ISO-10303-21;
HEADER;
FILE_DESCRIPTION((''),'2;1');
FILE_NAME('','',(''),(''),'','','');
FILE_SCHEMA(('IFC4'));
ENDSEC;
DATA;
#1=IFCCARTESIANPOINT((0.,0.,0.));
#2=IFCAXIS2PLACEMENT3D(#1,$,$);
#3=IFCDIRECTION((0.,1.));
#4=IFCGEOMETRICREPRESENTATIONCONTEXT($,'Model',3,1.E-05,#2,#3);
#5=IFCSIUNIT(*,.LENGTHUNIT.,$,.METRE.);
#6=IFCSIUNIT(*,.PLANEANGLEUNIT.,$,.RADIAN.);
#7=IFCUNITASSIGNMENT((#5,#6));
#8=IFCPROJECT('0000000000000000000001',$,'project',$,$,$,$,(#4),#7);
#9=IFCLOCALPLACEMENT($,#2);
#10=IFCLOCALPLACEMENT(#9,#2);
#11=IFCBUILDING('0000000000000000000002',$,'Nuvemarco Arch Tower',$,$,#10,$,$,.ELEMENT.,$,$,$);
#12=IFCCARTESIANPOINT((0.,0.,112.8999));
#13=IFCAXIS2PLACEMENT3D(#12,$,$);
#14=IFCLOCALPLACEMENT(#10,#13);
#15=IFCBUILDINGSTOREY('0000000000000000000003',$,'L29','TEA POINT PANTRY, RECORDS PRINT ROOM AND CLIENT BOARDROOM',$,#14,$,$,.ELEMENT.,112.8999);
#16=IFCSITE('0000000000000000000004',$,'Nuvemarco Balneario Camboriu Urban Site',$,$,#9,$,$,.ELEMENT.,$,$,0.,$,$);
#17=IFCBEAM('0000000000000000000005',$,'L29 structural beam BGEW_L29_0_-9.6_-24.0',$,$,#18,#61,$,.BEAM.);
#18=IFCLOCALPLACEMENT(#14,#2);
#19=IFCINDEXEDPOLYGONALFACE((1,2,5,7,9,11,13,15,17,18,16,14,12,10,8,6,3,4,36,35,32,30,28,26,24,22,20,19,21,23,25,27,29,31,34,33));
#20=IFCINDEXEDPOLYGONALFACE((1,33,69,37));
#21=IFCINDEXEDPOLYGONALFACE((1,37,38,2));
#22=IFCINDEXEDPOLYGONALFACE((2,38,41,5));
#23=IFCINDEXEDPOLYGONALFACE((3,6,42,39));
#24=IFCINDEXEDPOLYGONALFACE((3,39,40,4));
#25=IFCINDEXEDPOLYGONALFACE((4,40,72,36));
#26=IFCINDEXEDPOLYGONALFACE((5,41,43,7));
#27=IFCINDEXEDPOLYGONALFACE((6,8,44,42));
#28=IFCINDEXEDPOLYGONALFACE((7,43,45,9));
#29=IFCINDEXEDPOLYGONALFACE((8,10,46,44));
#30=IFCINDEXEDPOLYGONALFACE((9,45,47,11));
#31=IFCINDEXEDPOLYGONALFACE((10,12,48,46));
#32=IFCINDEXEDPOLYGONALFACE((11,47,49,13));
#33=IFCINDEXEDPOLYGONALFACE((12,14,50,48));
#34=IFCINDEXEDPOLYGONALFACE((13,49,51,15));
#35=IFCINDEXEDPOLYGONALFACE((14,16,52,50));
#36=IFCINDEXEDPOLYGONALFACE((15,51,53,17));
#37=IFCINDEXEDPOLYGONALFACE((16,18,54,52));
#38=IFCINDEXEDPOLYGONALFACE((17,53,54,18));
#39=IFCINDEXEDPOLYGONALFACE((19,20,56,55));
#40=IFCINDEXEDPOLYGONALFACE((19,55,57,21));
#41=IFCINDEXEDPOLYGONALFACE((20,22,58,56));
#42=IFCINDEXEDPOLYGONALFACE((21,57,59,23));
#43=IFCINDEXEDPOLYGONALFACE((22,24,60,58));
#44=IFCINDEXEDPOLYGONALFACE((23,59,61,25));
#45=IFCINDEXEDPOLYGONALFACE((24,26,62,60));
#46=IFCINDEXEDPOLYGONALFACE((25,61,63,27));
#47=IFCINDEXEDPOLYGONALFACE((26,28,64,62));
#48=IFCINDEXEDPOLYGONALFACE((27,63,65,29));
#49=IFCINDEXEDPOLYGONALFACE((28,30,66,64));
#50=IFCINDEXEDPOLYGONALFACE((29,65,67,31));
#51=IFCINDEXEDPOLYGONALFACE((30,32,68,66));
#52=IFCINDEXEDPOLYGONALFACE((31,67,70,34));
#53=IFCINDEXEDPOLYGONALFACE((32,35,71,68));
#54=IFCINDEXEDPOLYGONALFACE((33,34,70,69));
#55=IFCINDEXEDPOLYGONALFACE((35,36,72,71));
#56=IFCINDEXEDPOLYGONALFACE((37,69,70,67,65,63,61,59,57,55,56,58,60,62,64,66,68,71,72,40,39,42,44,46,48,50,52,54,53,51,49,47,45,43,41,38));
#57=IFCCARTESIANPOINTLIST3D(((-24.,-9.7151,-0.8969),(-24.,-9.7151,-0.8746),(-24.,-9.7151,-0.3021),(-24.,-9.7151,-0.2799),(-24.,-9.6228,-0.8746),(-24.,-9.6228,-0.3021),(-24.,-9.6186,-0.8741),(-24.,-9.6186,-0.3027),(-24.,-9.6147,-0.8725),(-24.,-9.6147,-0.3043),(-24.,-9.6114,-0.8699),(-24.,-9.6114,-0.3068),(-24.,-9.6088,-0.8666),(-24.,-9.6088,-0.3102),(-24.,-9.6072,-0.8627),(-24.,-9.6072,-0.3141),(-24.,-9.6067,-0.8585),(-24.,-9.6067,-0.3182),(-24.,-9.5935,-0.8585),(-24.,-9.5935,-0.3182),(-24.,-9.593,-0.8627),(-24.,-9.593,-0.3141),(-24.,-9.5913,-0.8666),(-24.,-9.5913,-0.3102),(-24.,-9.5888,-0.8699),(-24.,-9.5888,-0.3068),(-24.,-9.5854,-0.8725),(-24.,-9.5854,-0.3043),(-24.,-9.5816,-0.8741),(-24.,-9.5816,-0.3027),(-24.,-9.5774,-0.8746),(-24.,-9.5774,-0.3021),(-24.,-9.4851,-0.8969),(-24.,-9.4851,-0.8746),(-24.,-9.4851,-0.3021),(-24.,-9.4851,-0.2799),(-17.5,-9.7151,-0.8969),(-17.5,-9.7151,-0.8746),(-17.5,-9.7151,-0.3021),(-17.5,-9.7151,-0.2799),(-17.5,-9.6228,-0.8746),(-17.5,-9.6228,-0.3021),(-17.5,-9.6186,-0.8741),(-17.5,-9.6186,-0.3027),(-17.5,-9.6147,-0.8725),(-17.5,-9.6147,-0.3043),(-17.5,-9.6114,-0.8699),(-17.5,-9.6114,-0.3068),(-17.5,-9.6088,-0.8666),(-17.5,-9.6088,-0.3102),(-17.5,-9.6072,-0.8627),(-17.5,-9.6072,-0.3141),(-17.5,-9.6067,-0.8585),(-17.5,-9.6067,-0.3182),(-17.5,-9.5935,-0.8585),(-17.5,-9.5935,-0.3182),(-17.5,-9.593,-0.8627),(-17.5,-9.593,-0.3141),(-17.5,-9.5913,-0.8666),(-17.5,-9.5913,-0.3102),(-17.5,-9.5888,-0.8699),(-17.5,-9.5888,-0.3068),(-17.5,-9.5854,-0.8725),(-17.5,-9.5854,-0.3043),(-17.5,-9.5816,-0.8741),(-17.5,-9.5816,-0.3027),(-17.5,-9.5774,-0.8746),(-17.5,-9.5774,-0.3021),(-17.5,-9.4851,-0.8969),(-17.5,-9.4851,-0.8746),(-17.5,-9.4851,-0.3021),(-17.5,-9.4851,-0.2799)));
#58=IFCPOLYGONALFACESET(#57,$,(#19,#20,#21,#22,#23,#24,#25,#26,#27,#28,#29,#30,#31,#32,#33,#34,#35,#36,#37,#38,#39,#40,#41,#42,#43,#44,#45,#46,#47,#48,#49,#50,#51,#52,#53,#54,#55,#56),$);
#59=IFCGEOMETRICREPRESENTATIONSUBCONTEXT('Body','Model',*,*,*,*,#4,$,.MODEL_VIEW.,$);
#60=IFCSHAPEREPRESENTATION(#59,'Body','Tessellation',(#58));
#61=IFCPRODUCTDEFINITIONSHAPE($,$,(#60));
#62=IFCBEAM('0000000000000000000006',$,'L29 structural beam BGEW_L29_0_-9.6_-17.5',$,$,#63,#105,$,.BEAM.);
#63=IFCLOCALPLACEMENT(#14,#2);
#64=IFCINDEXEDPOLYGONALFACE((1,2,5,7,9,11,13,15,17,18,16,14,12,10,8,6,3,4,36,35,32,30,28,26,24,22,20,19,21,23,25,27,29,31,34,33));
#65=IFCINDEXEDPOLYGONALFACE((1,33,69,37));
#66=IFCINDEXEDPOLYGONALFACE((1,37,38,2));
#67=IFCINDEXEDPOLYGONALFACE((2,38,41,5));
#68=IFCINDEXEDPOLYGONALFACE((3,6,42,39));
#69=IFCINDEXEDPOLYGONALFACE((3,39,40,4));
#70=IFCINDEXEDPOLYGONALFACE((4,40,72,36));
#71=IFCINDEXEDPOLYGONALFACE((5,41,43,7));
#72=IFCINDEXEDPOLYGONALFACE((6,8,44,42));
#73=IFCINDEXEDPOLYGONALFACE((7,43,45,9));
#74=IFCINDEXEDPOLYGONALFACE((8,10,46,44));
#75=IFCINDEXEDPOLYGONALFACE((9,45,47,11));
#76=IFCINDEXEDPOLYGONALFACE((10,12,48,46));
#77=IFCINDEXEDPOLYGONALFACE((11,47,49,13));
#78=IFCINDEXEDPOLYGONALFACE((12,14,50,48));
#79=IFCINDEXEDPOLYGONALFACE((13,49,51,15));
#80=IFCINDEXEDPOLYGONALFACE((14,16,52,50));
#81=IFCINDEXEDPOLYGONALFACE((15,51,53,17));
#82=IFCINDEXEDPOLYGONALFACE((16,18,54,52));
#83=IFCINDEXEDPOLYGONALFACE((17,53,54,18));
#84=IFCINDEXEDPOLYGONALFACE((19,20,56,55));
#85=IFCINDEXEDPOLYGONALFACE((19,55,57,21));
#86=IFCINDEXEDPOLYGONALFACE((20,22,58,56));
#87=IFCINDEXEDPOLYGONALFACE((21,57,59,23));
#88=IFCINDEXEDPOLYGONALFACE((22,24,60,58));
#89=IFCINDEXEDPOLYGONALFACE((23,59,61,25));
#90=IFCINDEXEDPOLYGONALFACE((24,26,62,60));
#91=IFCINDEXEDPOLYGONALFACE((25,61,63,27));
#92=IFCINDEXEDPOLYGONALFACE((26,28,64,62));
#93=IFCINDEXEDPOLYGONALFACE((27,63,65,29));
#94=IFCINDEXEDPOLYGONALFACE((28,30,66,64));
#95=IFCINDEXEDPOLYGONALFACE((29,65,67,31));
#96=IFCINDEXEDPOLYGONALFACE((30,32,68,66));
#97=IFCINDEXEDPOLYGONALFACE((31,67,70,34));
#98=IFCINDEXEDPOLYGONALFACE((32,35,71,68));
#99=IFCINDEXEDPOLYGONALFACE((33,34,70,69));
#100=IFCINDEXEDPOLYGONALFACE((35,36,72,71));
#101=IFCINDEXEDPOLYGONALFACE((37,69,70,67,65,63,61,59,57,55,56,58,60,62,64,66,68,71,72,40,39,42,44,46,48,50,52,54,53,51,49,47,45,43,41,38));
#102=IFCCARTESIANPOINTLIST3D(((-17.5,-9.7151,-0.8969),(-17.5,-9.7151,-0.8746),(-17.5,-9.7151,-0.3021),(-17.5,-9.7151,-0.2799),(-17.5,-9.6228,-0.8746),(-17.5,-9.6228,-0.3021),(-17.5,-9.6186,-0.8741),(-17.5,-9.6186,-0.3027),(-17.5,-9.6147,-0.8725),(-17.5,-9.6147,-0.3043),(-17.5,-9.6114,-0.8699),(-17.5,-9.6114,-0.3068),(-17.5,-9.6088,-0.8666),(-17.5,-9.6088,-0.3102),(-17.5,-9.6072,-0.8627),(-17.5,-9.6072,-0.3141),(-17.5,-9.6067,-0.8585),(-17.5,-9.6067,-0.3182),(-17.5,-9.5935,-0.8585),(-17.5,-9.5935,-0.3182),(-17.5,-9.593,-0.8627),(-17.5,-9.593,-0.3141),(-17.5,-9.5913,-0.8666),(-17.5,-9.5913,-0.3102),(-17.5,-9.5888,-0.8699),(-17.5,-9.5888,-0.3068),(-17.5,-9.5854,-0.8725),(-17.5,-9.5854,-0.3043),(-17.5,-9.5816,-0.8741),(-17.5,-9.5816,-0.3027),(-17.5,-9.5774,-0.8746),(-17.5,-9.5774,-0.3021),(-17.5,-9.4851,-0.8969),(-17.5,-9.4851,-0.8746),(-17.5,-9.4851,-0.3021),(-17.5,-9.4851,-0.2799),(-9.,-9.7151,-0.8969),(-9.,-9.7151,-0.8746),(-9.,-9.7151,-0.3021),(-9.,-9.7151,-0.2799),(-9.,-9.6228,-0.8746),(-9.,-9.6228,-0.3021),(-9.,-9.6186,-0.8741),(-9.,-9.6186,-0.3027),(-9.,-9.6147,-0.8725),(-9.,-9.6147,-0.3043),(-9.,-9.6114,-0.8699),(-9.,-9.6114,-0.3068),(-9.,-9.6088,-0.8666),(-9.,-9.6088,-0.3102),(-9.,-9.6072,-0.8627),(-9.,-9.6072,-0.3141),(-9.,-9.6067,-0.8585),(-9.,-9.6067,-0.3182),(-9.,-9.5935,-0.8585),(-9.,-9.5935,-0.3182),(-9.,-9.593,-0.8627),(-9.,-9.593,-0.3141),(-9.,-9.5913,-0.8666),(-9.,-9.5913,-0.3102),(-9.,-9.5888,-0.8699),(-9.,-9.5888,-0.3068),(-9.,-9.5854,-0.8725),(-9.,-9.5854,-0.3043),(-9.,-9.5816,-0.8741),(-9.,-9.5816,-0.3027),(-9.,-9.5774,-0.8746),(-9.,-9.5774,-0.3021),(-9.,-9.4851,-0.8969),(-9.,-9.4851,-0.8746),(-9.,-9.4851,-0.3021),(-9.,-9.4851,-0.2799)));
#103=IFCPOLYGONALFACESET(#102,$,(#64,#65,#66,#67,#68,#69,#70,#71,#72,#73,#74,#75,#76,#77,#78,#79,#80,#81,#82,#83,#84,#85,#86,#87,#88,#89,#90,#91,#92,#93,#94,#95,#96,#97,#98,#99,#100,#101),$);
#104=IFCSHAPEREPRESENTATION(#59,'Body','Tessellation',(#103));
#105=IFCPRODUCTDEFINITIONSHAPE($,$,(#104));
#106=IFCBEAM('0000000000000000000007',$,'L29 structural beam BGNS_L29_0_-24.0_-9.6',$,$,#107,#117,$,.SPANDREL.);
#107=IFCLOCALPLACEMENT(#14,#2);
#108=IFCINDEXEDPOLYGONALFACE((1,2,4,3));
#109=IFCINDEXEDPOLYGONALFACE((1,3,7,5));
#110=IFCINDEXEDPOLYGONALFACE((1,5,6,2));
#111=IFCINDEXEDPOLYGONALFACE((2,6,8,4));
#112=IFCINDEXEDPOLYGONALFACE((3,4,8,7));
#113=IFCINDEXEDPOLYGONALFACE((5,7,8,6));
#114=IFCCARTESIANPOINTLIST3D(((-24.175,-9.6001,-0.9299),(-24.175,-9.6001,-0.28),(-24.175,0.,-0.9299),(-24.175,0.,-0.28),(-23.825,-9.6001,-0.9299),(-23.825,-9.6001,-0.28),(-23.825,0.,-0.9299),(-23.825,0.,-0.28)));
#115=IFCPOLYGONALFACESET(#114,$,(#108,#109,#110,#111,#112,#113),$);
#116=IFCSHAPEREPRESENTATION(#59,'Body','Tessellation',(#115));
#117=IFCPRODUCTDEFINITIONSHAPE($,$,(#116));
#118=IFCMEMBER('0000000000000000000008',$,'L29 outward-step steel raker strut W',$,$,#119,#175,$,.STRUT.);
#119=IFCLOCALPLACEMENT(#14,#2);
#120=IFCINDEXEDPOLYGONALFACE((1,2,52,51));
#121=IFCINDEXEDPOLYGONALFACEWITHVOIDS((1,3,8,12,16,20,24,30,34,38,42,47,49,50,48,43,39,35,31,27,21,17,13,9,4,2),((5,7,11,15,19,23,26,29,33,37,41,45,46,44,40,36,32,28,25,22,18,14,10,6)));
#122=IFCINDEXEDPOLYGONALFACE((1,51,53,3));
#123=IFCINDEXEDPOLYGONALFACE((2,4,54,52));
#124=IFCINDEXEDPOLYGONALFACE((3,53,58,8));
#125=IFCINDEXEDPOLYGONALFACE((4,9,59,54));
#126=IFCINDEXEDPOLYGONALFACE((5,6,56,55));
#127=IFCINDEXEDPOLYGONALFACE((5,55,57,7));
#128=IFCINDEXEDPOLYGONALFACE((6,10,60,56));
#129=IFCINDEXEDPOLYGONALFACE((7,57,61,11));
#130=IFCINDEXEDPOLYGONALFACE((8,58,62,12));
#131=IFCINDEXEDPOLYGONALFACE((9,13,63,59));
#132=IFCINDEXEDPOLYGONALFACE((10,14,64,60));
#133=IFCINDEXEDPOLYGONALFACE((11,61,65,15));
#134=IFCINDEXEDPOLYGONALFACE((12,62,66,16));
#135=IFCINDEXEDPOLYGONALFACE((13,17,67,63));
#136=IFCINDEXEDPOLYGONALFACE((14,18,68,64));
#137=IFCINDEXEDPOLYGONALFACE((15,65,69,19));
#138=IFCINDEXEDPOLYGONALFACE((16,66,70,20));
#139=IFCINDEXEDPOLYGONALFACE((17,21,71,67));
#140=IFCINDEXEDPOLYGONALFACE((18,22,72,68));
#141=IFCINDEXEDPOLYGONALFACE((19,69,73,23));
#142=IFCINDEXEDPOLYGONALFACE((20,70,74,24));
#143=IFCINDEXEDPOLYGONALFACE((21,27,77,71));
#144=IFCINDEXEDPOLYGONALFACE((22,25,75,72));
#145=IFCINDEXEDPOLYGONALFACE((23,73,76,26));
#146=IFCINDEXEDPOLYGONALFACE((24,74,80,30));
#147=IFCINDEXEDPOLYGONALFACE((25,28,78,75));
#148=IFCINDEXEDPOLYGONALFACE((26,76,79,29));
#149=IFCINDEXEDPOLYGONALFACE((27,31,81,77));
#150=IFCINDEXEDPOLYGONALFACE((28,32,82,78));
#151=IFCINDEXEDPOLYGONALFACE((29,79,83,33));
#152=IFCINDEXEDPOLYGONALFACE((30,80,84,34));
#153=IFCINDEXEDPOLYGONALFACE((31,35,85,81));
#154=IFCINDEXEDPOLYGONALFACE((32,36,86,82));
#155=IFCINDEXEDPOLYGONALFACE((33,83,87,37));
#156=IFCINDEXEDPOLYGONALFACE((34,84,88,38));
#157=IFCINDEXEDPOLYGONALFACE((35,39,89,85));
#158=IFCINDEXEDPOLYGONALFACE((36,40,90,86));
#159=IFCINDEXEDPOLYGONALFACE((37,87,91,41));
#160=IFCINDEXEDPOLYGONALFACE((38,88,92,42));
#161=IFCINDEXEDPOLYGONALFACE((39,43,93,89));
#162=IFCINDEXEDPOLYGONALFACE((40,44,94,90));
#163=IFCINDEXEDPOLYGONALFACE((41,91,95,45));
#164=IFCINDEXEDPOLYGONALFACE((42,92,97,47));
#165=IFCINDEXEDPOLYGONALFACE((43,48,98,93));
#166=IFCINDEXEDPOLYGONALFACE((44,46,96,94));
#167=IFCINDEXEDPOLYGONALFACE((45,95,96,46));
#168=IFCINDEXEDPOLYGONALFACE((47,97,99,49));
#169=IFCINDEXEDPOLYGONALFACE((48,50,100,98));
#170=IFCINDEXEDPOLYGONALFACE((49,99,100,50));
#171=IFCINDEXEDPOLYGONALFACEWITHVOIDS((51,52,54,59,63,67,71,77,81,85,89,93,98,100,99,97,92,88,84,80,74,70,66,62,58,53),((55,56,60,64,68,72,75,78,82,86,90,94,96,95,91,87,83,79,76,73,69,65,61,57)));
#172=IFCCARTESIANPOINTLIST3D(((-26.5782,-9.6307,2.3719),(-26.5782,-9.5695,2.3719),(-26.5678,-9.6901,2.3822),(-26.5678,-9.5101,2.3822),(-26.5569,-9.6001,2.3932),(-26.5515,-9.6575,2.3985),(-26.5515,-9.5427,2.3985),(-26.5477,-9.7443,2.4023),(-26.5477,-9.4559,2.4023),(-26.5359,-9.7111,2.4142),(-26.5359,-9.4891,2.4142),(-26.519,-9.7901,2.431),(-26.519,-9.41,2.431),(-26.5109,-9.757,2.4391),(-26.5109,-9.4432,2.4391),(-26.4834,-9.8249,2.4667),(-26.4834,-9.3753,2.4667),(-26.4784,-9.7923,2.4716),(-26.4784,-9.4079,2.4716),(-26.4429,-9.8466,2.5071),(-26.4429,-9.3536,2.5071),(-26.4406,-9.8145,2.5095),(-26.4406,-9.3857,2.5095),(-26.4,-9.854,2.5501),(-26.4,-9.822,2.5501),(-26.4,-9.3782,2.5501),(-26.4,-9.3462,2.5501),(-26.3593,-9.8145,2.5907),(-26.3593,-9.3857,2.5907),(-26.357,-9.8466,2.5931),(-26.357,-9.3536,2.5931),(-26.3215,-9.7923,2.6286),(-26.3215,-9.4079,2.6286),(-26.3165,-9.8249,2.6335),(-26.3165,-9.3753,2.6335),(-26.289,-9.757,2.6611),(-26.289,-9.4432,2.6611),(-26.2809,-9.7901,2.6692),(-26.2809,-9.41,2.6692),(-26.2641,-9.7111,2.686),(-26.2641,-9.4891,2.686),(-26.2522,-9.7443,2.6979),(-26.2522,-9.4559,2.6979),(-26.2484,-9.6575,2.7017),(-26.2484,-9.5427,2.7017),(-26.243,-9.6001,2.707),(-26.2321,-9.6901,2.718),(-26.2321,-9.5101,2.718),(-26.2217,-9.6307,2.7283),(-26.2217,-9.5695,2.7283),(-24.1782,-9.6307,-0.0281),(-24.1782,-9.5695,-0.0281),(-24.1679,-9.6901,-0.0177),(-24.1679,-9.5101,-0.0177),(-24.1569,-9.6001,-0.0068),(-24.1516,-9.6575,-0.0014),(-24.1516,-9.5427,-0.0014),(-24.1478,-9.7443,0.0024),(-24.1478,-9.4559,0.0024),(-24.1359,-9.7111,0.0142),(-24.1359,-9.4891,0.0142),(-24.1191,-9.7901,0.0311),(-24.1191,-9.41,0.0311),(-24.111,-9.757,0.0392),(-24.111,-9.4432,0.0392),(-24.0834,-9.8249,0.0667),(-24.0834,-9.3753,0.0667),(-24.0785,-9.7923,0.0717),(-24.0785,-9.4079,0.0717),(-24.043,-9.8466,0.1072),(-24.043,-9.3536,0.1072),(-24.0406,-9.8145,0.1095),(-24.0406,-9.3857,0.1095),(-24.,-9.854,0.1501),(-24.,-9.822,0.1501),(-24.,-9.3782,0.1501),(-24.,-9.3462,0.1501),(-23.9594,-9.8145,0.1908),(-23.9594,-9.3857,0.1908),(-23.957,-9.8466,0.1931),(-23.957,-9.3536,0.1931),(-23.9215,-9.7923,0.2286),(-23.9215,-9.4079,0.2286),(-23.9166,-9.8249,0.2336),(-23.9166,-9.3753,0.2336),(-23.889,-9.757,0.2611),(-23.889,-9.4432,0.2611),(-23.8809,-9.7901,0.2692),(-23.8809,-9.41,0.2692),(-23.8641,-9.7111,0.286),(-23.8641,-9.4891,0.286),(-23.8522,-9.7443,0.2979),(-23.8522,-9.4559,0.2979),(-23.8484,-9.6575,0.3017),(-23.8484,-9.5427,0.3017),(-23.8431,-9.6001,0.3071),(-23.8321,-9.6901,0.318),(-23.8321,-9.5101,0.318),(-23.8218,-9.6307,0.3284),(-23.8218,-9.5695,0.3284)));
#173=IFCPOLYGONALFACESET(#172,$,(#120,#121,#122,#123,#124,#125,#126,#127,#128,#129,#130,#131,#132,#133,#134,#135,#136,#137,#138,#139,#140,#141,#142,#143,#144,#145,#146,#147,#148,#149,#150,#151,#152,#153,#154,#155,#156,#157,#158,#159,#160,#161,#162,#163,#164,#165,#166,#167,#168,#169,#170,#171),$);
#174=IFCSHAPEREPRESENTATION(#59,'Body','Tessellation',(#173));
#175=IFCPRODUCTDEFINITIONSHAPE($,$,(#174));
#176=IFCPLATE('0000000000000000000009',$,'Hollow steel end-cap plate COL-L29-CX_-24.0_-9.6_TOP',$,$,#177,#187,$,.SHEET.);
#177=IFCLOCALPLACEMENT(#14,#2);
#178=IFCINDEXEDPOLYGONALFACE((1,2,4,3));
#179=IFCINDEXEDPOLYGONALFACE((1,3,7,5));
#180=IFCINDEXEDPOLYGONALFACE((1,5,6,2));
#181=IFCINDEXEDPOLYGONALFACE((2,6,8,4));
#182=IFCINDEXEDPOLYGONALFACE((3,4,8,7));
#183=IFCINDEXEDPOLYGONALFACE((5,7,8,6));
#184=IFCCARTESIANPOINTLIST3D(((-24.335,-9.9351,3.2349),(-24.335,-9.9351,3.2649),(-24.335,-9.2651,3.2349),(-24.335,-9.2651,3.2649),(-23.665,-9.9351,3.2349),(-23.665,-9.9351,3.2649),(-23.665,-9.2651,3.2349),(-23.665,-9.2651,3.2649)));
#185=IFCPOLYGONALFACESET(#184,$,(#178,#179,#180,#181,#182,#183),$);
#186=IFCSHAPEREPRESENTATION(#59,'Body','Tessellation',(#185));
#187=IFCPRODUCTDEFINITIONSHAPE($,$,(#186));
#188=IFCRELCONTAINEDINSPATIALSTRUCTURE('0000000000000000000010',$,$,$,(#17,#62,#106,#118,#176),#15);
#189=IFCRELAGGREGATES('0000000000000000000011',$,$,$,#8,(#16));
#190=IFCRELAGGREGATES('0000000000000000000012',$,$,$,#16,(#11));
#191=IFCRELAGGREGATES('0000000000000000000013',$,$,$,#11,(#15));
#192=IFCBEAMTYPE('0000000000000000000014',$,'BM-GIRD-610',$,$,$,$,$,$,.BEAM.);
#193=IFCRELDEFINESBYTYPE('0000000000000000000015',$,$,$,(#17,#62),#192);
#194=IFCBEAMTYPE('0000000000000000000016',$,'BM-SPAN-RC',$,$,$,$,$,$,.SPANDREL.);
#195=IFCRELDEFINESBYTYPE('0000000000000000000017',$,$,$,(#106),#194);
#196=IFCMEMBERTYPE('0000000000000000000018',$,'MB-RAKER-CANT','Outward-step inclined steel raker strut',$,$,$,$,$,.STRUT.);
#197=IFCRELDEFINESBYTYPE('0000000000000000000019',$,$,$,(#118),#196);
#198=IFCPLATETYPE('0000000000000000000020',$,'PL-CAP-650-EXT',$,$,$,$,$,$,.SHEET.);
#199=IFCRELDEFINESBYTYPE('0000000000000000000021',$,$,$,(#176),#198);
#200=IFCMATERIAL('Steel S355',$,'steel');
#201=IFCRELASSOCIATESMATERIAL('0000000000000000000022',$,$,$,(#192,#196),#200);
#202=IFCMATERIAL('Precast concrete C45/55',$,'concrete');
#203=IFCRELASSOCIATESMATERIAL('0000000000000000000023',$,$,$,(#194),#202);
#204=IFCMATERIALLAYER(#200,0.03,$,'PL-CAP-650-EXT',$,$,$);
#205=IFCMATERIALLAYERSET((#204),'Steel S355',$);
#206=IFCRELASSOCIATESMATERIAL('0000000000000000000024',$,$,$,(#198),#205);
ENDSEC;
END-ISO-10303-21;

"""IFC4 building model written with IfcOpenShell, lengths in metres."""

from ifc_helpers import new_model, si_unit, direction, frame, origin, origin_2d, place, context, subcontext, project, spatial, rectangle, hollow_circle, i_section, extrude, source, transform, mapped, material, layer, layer_set, material_profile, profile_set, type_object, type_shapes, element, save


model = new_model("IFC4")

# Units and contexts
model_context = context("Model", 3, precision=1e-05, world=origin(), true_north=direction((0.0, 1.0)))
body_context = subcontext(model_context, "Body", "Model", "MODEL_VIEW")
ifc_project = project(units=[si_unit("LENGTHUNIT", "METRE"), si_unit("PLANEANGLEUNIT", "RADIAN")], contexts=[model_context])

# Site, building, storey
site_placement = place(None, origin())
site = spatial("IfcSite", under=ifc_project, at=site_placement, Name="Nuvemarco Balneario Camboriu Urban Site", CompositionType="ELEMENT", RefElevation=0.0)
building_placement = place(site_placement, origin())
building = spatial("IfcBuilding", under=site, at=building_placement, Name="Nuvemarco Arch Tower", CompositionType="ELEMENT")
storey_placement = place(building_placement, frame((0.0, 0.0, 112.8999)))
storey = spatial("IfcBuildingStorey", under=building, at=storey_placement, Name="L29", Description="TEA POINT PANTRY, RECORDS PRINT ROOM AND CLIENT BOARDROOM", CompositionType="ELEMENT", Elevation=112.8999)

# Shared definitions
ifc_material_1 = material(Name="Steel S355", Category="steel")

# Beams
ifc_material_profile_1 = material_profile(ifc_material_1, i_section(OverallWidth=0.23, OverallDepth=0.6169, WebThickness=0.0132, FlangeThickness=0.0222, FilletRadius=0.0161, at=origin_2d()), Name="W610x140")
ifc_profile_set_1 = profile_set([ifc_material_profile_1], Name="Steel S355")
beam_type_1 = type_object("IfcBeamType", Name="BM-GIRD-610", PredefinedType="BEAM", material=ifc_profile_set_1)
beam_1_placement = place(storey_placement, frame((-24.0, -9.6001, -0.5884), z_axis=(1.0, 0.0, 0.0), x_axis=(0.0, 1.0, 0.0)))
element("IfcBeam", 1, at=beam_1_placement, inside=storey, type_object=beam_type_1, Name="L29 structural beam BGEW_L29_0_-9.6_-24.0", PredefinedType="BEAM", context=body_context, shape_type="SweptSolid", body=[
    extrude(i_section(OverallWidth=0.23, OverallDepth=0.6169, WebThickness=0.0132, FlangeThickness=0.0222, FilletRadius=0.0161, at=origin_2d()), origin(), (0.0, 0.0, 1.0), 6.5),
])
beam_2_placement = place(storey_placement, frame((-17.5, -9.6001, -0.5884), z_axis=(1.0, 0.0, 0.0), x_axis=(0.0, 1.0, 0.0)))
element("IfcBeam", 2, at=beam_2_placement, inside=storey, type_object=beam_type_1, Name="L29 structural beam BGEW_L29_0_-9.6_-17.5", PredefinedType="BEAM", context=body_context, shape_type="SweptSolid", body=[
    extrude(i_section(OverallWidth=0.23, OverallDepth=0.6169, WebThickness=0.0132, FlangeThickness=0.0222, FilletRadius=0.0161, at=origin_2d()), origin(), (0.0, 0.0, 1.0), 8.5),
])
ifc_material_2 = material(Name="Precast concrete C45/55", Category="concrete")
ifc_material_profile_2 = material_profile(ifc_material_2, rectangle(XDim=0.3501, YDim=0.6499, at=origin_2d()), Name="PC-SP-350x650")
ifc_profile_set_2 = profile_set([ifc_material_profile_2], Name="Precast concrete C45/55")
beam_type_2 = type_object("IfcBeamType", Name="BM-SPAN-RC", PredefinedType="SPANDREL", material=ifc_profile_set_2)
beam_3_placement = place(storey_placement, frame((-24.0, -9.6001, -0.605), z_axis=(0.0, 1.0, 0.0), x_axis=(-1.0, 0.0, 0.0)))
element("IfcBeam", 3, at=beam_3_placement, inside=storey, type_object=beam_type_2, Name="L29 structural beam BGNS_L29_0_-24.0_-9.6", PredefinedType="SPANDREL", context=body_context, shape_type="SweptSolid", body=[
    extrude(rectangle(XDim=0.3501, YDim=0.6499, at=origin_2d()), origin(), (0.0, 0.0, 1.0), 9.6001),
])

# Member
ifc_material_profile_3 = material_profile(ifc_material_1, hollow_circle(Radius=0.2539, WallThickness=0.032, at=origin_2d()), Name="CHS508x32")
ifc_profile_set_3 = profile_set([ifc_material_profile_3], Name="Steel S355")
member_type = type_object("IfcMemberType", Name="MB-RAKER-CANT", Description="Outward-step inclined steel raker strut", PredefinedType="STRUT", material=ifc_profile_set_3)
member_placement = place(storey_placement, frame((-24.0, -9.6001, 0.1501), z_axis=(-0.707107, 0.0, 0.707107), x_axis=(0.0, -1.0, 0.0)))
element("IfcMember", 4, at=member_placement, inside=storey, type_object=member_type, Name="L29 outward-step steel raker strut W", PredefinedType="STRUT", context=body_context, shape_type="SweptSolid", body=[
    extrude(hollow_circle(Radius=0.2539, WallThickness=0.032, at=origin_2d()), origin(), (0.0, 0.0, 1.0), 3.394),
])

# Plate
ifc_layer_1 = layer(ifc_material_1, 0.03, Name="PL-CAP-650-EXT")
ifc_layer_set_1 = layer_set([ifc_layer_1], Name="Steel S355")
plate_type_1 = type_object("IfcPlateType", Name="PL-CAP-650-EXT", PredefinedType="SHEET", material=ifc_layer_set_1)
shared_shape_1 = source(origin(), body_context, "Body", "SweptSolid", [
    extrude(rectangle(XDim=0.6699, YDim=0.6699, at=origin_2d()), origin(), (0.0, 0.0, 1.0), 0.03),
])
type_shapes(plate_type_1, [shared_shape_1])
for number, where, z_axis, x_axis, name in (
    (5, (-24.0, -9.6001, 3.2349), (0.0, 0.0, 1.0), (1.0, 0.0, 0.0), "Hollow steel end-cap plate COL-L29-CX_-24.0_-9.6_TOP"),
):
    element("IfcPlate", number, at=place(storey_placement, frame(where, z_axis=z_axis, x_axis=x_axis)), inside=storey, type_object=plate_type_1, Name=name, PredefinedType="SHEET", context=body_context, shape_type="MappedRepresentation", body=[
        mapped(shared_shape_1, transform((0.0, 0.0, 0.0), scale=1.0)),
    ])

save(model, "model.ifc")
